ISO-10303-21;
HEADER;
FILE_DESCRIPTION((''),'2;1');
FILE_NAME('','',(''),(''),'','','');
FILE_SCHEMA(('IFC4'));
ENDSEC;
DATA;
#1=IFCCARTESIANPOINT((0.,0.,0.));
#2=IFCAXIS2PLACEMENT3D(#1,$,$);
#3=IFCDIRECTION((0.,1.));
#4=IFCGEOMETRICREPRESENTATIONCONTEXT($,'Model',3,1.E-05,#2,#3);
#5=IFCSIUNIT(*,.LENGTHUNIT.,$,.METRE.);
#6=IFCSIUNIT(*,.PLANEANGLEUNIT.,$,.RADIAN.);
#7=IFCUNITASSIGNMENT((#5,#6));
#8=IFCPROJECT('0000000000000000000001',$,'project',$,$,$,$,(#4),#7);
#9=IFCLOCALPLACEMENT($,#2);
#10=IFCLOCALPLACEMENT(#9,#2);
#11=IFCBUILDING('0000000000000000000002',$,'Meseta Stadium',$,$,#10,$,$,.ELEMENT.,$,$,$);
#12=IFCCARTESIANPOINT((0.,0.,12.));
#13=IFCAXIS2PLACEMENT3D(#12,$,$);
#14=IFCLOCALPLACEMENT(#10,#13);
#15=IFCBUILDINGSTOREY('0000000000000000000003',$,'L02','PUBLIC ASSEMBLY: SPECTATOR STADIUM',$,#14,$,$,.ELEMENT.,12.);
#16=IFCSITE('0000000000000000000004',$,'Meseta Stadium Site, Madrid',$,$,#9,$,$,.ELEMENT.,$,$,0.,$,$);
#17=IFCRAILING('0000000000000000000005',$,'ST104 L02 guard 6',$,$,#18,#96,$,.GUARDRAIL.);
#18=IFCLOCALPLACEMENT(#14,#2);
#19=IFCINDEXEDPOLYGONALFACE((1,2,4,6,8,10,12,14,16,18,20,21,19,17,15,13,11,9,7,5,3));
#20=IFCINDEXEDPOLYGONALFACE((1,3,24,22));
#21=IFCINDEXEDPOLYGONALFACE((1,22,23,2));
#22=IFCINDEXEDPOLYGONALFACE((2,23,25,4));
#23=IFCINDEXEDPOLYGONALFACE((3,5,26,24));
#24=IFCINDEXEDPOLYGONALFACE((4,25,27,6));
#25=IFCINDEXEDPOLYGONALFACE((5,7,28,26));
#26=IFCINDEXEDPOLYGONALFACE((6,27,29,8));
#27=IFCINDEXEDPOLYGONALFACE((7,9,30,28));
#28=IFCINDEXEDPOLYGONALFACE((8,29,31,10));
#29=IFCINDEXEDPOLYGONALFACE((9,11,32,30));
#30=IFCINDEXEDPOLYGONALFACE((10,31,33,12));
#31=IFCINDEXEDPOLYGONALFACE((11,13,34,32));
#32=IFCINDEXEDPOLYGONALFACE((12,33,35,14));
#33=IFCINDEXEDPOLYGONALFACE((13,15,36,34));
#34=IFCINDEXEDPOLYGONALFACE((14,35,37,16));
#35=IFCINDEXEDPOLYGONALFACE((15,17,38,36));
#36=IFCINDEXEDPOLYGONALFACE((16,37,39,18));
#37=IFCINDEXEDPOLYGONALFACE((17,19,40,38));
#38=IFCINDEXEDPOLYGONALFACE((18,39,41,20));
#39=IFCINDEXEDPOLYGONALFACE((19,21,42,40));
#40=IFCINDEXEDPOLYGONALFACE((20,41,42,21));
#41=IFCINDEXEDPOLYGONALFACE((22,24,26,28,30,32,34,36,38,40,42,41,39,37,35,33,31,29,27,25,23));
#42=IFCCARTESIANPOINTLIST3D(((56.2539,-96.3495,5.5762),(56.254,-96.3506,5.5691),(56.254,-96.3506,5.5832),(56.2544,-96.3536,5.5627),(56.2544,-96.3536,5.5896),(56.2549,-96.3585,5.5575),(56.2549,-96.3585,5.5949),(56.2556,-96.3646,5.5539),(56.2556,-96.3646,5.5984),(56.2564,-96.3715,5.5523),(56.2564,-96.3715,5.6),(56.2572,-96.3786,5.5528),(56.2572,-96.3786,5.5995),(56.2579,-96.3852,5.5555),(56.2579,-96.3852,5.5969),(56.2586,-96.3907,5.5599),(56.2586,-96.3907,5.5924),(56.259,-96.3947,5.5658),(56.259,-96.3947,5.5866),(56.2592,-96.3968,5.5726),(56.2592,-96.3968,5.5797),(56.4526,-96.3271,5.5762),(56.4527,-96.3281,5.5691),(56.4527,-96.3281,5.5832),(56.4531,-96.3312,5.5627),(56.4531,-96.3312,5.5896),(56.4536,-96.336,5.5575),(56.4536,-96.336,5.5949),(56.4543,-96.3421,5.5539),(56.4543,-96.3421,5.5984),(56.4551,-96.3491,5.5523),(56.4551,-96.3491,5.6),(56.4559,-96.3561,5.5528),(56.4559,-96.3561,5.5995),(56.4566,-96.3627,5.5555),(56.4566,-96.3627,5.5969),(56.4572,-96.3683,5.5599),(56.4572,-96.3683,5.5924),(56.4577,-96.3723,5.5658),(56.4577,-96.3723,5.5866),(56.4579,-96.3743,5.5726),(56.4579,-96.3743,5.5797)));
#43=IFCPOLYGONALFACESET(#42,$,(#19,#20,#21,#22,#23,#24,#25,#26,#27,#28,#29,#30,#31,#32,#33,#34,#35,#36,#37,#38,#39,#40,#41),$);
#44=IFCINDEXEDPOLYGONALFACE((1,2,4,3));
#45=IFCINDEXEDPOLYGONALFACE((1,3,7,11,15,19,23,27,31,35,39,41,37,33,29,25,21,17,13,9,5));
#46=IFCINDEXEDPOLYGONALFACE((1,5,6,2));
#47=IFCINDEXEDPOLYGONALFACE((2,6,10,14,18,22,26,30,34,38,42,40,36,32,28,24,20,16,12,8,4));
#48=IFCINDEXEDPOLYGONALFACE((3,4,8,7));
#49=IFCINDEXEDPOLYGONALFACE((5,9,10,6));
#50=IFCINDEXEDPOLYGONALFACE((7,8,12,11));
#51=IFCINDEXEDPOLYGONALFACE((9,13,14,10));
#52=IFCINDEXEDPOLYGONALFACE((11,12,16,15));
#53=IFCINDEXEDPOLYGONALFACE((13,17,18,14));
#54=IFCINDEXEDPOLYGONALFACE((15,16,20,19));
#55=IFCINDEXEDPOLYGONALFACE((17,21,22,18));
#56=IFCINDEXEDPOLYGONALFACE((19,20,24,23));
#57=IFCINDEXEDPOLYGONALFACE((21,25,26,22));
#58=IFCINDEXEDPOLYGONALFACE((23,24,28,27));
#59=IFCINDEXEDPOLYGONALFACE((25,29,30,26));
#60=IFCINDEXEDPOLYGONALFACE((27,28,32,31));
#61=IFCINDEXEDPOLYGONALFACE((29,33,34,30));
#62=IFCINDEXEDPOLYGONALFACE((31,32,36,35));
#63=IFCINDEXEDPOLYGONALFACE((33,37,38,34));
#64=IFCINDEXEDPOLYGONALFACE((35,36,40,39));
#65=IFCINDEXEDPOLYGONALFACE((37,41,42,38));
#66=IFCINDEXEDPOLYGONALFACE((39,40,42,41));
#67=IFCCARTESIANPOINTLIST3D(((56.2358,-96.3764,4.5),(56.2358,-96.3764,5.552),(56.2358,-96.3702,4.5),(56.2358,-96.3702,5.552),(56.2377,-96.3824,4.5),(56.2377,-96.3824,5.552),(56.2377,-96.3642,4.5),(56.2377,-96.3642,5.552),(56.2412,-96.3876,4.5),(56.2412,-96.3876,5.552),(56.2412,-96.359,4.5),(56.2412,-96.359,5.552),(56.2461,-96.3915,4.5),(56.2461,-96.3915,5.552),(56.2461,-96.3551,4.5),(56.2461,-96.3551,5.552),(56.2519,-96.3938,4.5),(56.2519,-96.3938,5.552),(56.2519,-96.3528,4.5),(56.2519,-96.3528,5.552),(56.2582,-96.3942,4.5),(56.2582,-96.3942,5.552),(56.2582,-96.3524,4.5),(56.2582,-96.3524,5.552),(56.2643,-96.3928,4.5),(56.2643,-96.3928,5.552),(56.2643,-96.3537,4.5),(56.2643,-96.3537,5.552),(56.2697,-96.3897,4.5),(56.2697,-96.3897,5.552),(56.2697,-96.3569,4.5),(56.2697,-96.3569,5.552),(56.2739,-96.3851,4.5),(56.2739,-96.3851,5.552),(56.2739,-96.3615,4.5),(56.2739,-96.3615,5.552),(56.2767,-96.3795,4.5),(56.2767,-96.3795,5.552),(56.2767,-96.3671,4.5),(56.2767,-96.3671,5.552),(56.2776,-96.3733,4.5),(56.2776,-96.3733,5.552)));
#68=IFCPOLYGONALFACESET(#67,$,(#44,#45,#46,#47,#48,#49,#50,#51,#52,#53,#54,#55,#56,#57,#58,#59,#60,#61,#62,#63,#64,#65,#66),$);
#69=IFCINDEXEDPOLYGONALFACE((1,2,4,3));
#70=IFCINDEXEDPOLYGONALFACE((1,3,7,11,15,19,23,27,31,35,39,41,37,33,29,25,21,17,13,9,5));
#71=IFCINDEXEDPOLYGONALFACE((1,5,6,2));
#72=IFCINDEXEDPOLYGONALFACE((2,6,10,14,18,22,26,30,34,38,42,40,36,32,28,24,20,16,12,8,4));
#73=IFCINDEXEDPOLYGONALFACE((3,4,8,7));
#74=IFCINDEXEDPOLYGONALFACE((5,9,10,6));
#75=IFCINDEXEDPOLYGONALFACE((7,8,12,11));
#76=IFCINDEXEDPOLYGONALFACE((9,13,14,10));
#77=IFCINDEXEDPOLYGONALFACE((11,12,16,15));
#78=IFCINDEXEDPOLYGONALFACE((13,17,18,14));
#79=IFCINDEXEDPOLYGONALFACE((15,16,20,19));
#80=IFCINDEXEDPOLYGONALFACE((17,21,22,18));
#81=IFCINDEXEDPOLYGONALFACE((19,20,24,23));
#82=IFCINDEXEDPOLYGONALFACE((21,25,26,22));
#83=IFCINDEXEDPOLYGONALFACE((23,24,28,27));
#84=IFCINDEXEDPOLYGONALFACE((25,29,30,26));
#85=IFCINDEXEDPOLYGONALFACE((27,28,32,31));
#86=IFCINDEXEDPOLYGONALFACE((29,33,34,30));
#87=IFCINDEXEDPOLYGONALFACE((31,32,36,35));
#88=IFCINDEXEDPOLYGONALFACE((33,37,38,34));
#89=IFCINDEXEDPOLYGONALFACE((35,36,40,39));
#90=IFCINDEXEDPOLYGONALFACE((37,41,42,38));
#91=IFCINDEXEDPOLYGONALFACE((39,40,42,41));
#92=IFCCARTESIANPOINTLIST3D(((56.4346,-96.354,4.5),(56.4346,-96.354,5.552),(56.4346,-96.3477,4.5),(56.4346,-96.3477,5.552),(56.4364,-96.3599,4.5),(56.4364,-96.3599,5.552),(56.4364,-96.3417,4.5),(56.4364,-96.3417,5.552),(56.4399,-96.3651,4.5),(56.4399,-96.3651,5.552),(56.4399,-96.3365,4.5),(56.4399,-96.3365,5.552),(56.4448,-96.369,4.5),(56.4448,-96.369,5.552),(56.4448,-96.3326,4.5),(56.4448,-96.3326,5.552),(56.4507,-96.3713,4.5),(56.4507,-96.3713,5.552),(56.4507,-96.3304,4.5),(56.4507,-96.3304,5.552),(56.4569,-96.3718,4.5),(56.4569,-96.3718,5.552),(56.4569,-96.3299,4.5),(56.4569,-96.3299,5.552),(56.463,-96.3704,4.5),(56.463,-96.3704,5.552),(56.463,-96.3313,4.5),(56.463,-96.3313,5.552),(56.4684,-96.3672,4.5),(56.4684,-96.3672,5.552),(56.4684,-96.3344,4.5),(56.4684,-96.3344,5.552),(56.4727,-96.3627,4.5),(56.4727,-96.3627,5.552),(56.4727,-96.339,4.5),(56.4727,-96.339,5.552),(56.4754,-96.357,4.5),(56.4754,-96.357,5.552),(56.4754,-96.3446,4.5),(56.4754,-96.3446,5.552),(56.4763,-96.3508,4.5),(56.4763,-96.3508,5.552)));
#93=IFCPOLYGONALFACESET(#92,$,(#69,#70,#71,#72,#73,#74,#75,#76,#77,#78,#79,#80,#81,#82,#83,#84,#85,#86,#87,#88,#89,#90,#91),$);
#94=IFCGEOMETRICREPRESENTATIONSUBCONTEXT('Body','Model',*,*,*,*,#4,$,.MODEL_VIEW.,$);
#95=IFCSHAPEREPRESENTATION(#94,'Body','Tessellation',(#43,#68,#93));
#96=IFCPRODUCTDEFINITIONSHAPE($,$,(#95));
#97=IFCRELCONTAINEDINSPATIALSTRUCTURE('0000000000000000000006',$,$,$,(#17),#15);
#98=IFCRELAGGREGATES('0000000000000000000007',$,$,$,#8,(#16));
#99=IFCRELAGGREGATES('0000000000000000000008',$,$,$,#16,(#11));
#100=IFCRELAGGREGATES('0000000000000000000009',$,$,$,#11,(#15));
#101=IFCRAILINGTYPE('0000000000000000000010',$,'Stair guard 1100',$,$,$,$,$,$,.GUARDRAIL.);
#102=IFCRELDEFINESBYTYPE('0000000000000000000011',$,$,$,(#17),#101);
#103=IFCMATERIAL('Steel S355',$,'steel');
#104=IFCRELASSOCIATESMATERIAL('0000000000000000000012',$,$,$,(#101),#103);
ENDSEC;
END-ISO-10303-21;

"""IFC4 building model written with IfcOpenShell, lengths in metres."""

from ifc_helpers import new_model, si_unit, direction, frame, origin, origin_2d, place, context, subcontext, project, spatial, circle, extrude, material, type_object, element, save


model = new_model("IFC4")

# Units and contexts
model_context = context("Model", 3, precision=1e-05, world=origin(), true_north=direction((0.0, 1.0)))
body_context = subcontext(model_context, "Body", "Model", "MODEL_VIEW")
ifc_project = project(units=[si_unit("LENGTHUNIT", "METRE"), si_unit("PLANEANGLEUNIT", "RADIAN")], contexts=[model_context])

# Site, building, storey
site_placement = place(None, origin())
site = spatial("IfcSite", under=ifc_project, at=site_placement, Name="Meseta Stadium Site, Madrid", CompositionType="ELEMENT", RefElevation=0.0)
building_placement = place(site_placement, origin())
building = spatial("IfcBuilding", under=site, at=building_placement, Name="Meseta Stadium", CompositionType="ELEMENT")
storey_placement = place(building_placement, frame((0.0, 0.0, 12.0)))
storey = spatial("IfcBuildingStorey", under=building, at=storey_placement, Name="L02", Description="PUBLIC ASSEMBLY: SPECTATOR STADIUM", CompositionType="ELEMENT", Elevation=12.0)

# Railing
ifc_material_1 = material(Name="Steel S355", Category="steel")
railing_type_1 = type_object("IfcRailingType", Name="Stair guard 1100", PredefinedType="GUARDRAIL", material=ifc_material_1)
railing_1_placement = place(storey_placement, frame((56.2566, -96.3733, 4.5)))
element("IfcRailing", 1, at=railing_1_placement, inside=storey, type_object=railing_type_1, Name="ST104 L02 guard 6", PredefinedType="GUARDRAIL", context=body_context, shape_type="SweptSolid", body=[
    extrude(circle(Radius=0.0239, at=origin_2d()), frame((0.0, 0.0, 1.0762), z_axis=(0.993674, 0.112307, 0.0), x_axis=(-0.112307, 0.993674, 0.0)), (0.0, 0.0, 1.0), 0.2),
    extrude(circle(Radius=0.021, at=origin_2d()), origin(), (0.0, 0.0, 1.0), 1.052),
    extrude(circle(Radius=0.021, at=origin_2d()), frame((0.1987, 0.0225, 0.0)), (0.0, 0.0, 1.0), 1.052),
])

save(model, "model.ifc")
